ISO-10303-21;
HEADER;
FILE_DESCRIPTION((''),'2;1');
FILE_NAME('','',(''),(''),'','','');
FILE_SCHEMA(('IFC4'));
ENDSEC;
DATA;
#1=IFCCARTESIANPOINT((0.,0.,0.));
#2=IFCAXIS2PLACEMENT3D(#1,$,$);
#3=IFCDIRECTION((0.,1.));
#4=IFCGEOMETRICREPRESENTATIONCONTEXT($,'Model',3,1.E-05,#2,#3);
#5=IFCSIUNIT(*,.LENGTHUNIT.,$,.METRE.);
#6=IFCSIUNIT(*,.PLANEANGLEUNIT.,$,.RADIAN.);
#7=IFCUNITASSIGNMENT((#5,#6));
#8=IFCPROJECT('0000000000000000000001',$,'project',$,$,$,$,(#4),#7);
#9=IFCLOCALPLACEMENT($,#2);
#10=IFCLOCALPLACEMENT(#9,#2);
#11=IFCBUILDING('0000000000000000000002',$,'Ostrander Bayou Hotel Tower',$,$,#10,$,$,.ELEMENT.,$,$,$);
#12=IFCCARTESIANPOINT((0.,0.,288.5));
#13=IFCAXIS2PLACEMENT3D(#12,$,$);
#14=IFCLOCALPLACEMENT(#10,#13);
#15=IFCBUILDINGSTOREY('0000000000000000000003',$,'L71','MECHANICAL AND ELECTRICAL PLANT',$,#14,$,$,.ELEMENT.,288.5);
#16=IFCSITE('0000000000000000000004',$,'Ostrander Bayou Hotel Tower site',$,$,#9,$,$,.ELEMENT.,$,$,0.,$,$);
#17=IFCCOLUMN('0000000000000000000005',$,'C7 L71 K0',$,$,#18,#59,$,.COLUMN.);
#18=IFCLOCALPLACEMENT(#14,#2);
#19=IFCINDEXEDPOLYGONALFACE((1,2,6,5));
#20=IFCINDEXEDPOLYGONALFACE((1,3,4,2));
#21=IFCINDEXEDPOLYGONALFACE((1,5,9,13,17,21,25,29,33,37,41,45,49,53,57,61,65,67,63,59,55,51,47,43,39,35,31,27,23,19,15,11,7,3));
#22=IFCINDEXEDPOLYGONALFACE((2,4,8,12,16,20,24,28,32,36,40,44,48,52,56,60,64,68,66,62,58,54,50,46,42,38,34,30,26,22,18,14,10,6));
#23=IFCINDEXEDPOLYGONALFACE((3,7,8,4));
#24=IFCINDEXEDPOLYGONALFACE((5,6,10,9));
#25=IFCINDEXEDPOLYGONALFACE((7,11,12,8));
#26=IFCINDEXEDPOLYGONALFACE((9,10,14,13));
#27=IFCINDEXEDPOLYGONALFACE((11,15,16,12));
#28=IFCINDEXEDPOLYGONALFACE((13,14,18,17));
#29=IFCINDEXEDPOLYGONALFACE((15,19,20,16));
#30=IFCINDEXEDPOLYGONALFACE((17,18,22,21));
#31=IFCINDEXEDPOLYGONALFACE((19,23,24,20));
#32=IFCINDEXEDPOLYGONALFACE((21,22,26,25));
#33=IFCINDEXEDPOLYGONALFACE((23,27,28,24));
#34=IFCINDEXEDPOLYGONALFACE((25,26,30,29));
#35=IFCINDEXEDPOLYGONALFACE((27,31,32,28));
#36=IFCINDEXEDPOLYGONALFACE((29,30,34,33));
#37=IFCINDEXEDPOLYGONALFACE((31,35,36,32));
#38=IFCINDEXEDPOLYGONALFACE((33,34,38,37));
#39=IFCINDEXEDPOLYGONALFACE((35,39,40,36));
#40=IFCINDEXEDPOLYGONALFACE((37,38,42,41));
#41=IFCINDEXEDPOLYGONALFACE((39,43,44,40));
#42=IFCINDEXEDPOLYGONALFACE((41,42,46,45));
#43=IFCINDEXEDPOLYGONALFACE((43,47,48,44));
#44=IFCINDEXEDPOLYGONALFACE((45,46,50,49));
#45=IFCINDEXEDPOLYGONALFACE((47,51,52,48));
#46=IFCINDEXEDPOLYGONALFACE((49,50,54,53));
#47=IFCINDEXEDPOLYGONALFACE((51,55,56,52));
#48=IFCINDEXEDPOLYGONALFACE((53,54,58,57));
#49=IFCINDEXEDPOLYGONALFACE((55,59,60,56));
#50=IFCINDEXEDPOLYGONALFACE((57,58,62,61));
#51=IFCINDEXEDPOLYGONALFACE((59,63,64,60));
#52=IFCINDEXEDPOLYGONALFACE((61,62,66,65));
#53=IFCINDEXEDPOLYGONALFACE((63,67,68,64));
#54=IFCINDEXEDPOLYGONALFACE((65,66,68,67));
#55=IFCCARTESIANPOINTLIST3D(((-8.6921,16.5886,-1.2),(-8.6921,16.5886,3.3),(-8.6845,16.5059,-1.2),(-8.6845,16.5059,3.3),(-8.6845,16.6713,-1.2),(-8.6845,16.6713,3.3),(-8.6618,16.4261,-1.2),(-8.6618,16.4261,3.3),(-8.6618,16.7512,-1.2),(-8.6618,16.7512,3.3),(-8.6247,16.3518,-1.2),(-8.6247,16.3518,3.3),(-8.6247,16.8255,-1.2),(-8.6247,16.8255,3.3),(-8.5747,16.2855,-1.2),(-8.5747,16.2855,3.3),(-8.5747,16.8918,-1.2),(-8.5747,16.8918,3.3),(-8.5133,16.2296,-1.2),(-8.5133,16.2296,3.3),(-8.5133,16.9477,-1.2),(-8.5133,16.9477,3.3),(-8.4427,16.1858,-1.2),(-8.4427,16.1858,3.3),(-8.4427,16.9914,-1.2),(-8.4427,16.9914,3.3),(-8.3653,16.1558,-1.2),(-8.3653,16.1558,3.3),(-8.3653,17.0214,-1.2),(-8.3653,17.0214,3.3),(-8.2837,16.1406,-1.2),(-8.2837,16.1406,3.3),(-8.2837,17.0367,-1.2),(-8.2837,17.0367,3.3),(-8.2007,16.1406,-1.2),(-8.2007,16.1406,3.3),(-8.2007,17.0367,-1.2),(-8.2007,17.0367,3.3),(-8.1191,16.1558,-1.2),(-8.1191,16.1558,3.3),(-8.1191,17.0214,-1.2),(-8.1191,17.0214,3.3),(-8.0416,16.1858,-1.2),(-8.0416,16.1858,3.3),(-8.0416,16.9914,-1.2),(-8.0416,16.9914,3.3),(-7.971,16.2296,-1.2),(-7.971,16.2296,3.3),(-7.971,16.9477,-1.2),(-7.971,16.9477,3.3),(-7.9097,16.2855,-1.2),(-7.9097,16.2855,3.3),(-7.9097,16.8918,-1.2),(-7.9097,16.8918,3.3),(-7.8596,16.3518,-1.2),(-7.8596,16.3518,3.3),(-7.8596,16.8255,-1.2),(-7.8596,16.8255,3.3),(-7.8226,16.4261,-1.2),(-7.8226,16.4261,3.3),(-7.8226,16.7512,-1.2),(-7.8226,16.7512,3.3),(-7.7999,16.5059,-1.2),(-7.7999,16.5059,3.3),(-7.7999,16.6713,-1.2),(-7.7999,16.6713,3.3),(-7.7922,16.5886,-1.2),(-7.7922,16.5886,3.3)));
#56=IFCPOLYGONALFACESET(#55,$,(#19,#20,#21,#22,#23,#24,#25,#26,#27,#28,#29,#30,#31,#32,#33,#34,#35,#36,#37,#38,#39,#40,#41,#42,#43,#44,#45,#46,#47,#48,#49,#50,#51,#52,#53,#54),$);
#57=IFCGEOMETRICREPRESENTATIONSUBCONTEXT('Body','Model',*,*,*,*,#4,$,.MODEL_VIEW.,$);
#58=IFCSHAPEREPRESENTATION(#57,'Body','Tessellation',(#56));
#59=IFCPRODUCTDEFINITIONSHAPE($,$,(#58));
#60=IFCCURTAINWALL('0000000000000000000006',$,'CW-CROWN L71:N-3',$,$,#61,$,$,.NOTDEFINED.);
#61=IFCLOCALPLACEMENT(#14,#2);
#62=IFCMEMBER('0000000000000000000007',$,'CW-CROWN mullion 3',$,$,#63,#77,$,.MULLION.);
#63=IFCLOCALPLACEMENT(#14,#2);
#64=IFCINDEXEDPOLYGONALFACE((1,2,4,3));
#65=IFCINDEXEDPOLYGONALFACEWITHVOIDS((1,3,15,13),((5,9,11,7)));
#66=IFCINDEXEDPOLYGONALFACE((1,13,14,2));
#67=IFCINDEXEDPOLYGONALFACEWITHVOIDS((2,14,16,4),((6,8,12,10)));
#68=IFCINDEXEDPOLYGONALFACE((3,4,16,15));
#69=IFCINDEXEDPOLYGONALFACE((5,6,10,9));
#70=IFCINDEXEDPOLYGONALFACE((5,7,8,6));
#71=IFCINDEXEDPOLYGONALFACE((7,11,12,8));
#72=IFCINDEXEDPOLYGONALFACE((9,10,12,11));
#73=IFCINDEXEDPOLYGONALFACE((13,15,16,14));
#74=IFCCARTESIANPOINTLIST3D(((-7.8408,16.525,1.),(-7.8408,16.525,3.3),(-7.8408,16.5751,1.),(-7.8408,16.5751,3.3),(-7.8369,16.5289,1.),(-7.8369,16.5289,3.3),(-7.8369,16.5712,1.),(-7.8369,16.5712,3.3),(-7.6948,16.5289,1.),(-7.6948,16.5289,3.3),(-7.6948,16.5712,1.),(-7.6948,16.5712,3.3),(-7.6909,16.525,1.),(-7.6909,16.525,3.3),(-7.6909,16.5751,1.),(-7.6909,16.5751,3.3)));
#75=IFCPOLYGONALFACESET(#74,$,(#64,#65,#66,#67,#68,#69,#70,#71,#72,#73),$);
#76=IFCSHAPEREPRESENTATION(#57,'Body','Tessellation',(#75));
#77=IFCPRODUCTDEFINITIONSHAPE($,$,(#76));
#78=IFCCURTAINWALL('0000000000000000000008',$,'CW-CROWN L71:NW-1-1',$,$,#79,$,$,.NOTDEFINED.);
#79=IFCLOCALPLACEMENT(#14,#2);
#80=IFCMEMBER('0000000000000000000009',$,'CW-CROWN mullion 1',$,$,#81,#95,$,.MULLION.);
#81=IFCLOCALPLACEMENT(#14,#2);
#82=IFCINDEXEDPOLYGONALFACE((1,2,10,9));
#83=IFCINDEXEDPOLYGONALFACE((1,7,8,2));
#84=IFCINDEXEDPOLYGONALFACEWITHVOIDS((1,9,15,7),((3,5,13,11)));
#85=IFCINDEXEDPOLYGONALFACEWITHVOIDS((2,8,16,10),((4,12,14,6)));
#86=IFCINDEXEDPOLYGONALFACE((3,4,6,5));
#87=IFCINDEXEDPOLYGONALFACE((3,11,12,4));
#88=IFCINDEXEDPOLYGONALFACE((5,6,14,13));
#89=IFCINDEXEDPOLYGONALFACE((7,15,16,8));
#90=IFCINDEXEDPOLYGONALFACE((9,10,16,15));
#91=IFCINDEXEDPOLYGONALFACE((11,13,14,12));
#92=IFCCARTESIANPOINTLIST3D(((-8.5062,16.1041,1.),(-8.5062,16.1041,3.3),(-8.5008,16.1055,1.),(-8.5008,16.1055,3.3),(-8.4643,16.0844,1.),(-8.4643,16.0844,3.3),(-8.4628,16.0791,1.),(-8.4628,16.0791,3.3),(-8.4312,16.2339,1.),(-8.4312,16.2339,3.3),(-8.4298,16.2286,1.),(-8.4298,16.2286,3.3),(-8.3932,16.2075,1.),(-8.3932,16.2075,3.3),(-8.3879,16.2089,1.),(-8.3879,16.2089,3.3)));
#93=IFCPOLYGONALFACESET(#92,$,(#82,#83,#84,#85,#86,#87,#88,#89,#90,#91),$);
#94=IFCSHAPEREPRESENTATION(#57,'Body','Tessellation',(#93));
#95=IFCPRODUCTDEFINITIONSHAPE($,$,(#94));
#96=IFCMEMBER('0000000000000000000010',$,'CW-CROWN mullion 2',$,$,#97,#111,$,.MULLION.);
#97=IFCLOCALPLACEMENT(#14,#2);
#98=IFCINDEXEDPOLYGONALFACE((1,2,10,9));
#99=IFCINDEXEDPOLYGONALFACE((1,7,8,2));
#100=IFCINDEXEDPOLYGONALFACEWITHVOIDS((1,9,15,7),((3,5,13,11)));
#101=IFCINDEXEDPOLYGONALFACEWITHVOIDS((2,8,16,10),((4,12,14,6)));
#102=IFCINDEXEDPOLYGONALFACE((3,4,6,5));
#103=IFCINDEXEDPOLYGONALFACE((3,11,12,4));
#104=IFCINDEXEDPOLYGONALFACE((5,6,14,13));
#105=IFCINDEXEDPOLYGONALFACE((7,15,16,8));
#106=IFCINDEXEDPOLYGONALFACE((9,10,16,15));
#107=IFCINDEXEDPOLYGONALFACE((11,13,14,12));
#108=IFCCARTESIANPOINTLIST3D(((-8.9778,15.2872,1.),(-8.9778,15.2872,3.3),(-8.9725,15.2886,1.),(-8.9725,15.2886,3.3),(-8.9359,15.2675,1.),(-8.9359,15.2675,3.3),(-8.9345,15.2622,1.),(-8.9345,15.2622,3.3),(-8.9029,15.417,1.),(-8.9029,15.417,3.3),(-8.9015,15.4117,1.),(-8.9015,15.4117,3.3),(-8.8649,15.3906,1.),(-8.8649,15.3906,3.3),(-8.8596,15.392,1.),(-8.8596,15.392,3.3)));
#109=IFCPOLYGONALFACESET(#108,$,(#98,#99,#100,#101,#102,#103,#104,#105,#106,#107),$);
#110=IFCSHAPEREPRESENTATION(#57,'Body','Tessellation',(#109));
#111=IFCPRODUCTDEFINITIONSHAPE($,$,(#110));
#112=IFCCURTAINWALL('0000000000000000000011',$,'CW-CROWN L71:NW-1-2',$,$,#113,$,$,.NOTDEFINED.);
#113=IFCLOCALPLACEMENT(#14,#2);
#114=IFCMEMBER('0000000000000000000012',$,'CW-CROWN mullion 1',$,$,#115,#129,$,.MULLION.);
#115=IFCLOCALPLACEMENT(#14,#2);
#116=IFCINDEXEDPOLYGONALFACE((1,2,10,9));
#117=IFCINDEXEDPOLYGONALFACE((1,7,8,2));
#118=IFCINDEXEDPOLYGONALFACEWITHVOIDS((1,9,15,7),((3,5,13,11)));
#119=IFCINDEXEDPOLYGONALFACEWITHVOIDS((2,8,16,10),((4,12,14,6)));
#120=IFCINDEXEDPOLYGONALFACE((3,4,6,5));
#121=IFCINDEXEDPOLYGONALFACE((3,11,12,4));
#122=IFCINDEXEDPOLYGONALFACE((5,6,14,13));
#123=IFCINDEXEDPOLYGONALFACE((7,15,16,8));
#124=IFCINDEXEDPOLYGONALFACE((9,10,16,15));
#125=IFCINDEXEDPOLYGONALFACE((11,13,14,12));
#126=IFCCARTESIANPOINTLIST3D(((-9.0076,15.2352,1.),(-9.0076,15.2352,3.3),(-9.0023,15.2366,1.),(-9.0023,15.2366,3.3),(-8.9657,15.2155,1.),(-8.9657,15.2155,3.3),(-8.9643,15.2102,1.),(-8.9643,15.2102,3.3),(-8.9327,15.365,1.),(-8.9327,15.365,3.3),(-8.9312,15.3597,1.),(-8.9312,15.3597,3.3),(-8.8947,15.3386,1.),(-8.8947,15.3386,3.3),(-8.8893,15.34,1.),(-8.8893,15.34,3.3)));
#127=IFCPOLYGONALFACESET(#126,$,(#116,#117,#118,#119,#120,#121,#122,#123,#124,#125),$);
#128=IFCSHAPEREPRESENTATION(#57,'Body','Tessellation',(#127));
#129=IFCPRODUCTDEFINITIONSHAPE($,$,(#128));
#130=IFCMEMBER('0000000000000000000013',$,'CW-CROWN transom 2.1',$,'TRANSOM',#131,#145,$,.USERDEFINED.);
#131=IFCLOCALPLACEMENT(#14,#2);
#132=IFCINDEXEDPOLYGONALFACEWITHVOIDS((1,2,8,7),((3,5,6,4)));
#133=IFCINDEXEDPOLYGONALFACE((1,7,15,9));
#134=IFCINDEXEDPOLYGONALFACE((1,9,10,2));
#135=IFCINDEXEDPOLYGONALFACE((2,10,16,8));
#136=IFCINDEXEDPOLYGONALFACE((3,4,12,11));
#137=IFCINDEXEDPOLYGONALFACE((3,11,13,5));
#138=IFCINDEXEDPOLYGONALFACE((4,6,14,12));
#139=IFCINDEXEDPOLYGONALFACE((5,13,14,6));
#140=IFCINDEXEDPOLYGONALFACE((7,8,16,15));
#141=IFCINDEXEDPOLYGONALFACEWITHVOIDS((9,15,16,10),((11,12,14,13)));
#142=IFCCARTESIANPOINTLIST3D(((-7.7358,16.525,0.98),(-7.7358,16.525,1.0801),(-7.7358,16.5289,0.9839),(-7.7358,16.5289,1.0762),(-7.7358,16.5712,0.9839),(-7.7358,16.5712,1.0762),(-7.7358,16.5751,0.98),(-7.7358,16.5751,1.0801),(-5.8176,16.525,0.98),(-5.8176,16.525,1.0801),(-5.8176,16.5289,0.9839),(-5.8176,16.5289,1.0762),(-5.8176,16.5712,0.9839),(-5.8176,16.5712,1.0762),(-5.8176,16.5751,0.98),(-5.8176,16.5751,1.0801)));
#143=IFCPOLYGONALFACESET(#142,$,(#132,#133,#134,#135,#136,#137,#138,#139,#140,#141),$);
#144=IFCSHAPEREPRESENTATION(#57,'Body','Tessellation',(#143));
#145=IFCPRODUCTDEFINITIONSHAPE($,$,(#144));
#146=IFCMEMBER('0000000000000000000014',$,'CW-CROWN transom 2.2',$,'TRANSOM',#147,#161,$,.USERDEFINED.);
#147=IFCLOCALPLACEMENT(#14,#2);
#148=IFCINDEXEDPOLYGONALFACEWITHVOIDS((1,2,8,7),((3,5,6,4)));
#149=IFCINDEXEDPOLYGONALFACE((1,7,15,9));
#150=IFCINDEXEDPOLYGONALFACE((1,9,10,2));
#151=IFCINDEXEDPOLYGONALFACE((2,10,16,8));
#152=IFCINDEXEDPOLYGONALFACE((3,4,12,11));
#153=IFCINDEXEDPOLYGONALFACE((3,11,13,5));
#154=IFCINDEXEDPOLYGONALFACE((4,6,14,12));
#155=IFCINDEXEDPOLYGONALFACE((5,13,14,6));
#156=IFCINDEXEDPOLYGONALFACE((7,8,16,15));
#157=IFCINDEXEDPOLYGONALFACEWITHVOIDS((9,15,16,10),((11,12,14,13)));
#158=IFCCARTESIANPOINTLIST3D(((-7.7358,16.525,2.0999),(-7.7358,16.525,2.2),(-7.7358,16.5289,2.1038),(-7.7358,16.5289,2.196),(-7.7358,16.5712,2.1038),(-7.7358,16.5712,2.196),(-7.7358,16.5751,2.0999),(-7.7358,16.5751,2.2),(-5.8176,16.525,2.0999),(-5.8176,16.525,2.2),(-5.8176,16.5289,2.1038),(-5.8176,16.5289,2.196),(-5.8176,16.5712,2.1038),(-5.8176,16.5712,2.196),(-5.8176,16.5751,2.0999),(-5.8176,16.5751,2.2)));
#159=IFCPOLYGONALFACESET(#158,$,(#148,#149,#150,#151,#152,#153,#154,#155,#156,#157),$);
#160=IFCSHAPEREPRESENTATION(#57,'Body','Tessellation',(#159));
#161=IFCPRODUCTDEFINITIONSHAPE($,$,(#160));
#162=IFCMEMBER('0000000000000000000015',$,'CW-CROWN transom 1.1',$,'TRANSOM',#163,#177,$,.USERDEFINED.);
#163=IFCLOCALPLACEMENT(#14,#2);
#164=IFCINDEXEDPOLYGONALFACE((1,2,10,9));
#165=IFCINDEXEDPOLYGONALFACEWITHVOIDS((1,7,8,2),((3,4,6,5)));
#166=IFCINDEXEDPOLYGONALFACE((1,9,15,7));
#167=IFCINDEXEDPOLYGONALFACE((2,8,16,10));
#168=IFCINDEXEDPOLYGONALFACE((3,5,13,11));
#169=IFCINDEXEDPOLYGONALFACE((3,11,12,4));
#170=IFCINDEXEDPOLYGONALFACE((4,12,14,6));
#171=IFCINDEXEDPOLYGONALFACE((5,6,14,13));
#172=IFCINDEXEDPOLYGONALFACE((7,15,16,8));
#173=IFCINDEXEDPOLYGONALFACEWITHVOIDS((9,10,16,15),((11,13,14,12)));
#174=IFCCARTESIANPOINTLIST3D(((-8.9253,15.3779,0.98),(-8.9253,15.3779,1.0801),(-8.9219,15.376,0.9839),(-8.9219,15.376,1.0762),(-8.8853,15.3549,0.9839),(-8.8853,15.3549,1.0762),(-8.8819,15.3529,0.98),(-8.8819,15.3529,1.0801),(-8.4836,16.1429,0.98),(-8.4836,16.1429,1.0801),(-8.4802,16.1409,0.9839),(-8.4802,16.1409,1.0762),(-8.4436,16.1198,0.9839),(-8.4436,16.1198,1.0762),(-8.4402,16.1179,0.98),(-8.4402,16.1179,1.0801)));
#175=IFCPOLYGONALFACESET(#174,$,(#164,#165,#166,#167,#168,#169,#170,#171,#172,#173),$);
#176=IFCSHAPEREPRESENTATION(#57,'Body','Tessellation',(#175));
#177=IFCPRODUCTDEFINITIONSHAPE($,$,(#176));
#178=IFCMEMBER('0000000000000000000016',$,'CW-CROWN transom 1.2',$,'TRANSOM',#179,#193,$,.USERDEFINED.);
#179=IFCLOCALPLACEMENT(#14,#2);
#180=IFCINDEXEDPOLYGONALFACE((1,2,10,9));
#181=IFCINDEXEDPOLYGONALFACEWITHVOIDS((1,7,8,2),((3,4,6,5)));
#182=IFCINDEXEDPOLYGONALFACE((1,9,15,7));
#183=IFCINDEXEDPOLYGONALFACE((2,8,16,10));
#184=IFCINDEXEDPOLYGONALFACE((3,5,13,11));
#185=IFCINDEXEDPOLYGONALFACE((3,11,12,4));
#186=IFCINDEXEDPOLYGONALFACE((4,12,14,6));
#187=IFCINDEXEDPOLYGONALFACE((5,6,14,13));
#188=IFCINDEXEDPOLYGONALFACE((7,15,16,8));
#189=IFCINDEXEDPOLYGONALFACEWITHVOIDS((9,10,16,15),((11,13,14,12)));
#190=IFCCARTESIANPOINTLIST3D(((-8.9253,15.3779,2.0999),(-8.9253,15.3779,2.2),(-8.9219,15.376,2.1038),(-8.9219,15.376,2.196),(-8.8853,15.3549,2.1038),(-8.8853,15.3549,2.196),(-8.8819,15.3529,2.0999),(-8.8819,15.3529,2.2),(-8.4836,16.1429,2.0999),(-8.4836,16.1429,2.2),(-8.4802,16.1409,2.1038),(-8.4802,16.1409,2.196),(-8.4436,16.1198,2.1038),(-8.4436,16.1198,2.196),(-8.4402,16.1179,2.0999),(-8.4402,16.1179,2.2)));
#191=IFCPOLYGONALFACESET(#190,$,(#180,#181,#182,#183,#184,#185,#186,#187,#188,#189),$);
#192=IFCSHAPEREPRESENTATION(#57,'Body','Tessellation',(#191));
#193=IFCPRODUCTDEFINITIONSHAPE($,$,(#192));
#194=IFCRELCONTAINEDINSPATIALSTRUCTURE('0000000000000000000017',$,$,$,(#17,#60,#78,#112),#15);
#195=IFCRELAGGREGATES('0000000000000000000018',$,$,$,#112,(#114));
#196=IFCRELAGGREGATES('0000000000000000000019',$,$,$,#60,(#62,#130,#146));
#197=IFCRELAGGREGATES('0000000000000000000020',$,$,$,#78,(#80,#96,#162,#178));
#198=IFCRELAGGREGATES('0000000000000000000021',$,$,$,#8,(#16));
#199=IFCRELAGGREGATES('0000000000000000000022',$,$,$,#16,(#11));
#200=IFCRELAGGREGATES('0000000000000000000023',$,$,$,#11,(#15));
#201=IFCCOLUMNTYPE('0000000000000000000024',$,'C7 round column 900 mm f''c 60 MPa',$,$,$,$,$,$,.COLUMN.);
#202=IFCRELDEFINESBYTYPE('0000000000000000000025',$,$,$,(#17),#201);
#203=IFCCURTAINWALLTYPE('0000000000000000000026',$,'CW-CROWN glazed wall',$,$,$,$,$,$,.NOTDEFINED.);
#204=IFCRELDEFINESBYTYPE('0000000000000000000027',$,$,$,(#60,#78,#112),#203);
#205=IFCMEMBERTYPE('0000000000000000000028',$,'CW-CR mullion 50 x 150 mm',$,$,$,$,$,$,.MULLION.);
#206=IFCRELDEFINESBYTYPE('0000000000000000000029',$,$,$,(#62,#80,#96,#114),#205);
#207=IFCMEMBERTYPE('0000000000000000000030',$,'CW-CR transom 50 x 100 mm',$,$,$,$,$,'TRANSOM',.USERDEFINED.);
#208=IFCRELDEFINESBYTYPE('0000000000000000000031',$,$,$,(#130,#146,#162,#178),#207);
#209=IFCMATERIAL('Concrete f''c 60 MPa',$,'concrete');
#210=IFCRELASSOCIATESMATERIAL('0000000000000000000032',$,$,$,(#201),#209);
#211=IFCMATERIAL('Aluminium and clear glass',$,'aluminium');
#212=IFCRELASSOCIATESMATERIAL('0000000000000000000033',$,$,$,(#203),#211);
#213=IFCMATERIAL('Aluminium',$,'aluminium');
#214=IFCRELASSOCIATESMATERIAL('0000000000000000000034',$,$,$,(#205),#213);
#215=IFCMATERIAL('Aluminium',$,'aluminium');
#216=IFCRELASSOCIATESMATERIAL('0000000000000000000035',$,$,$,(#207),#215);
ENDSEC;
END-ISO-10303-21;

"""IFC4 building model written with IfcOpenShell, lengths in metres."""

from ifc_helpers import new_model, si_unit, direction, frame, origin, origin_2d, place, context, subcontext, project, spatial, hollow_rectangle, circle, extrude, material, material_profile, profile_set, type_object, element, aggregate, save


model = new_model("IFC4")

# Units and contexts
model_context = context("Model", 3, precision=1e-05, world=origin(), true_north=direction((0.0, 1.0)))
body_context = subcontext(model_context, "Body", "Model", "MODEL_VIEW")
ifc_project = project(units=[si_unit("LENGTHUNIT", "METRE"), si_unit("PLANEANGLEUNIT", "RADIAN")], contexts=[model_context])

# Site, building, storey
site_placement = place(None, origin())
site = spatial("IfcSite", under=ifc_project, at=site_placement, Name="Ostrander Bayou Hotel Tower site", CompositionType="ELEMENT", RefElevation=0.0)
building_placement = place(site_placement, origin())
building = spatial("IfcBuilding", under=site, at=building_placement, Name="Ostrander Bayou Hotel Tower", CompositionType="ELEMENT")
storey_placement = place(building_placement, frame((0.0, 0.0, 288.5)))
storey = spatial("IfcBuildingStorey", under=building, at=storey_placement, Name="L71", Description="MECHANICAL AND ELECTRICAL PLANT", CompositionType="ELEMENT", Elevation=288.5)

# Column
ifc_material_1 = material(Name="Concrete f'c 60 MPa", Category="concrete")
ifc_material_profile_1 = material_profile(ifc_material_1, circle(Radius=0.45, at=origin_2d()))
ifc_profile_set_1 = profile_set([ifc_material_profile_1], Name="Concrete f'c 60 MPa")
column_type = type_object("IfcColumnType", Name="C7 round column 900 mm f'c 60 MPa", PredefinedType="COLUMN", material=ifc_profile_set_1)
column_placement = place(storey_placement, frame((-8.2422, 16.5886, -1.2), z_axis=(0.0, 0.0, 1.0), x_axis=(1.0, 0.0, 0.0)))
element("IfcColumn", 1, at=column_placement, inside=storey, type_object=column_type, Name="C7 L71 K0", PredefinedType="COLUMN", context=body_context, shape_type="SweptSolid", body=[
    extrude(circle(Radius=0.45, at=origin_2d()), origin(), (0.0, 0.0, 1.0), 4.5),
])

# Curtain wall, member
ifc_material_2 = material(Name="Aluminium and clear glass", Category="aluminium")
curtain_wall_type = type_object("IfcCurtainWallType", Name="CW-CROWN glazed wall", PredefinedType="NOTDEFINED", material=ifc_material_2)
curtain_wall_1_placement = place(storey_placement, origin())
curtain_wall_1 = element("IfcCurtainWall", 2, at=curtain_wall_1_placement, inside=storey, type_object=curtain_wall_type, Name="CW-CROWN L71:N-3", PredefinedType="NOTDEFINED")
ifc_material_3 = material(Name="Aluminium", Category="aluminium")
ifc_material_profile_2 = material_profile(ifc_material_3, hollow_rectangle(XDim=0.05, YDim=0.1499, WallThickness=0.0039, at=origin_2d()))
ifc_profile_set_2 = profile_set([ifc_material_profile_2], Name="Aluminium")
member_type_1 = type_object("IfcMemberType", Name="CW-CR mullion 50 x 150 mm", PredefinedType="MULLION", material=ifc_profile_set_2)
member_1_placement = place(storey_placement, frame((-7.7659, 16.55, 1.0), z_axis=(0.0, 0.0, 1.0), x_axis=(0.0, -1.0, 0.0)))
member_1 = element("IfcMember", 3, at=member_1_placement, type_object=member_type_1, Name="CW-CROWN mullion 3", PredefinedType="MULLION", context=body_context, shape_type="SweptSolid", body=[
    extrude(hollow_rectangle(XDim=0.05, YDim=0.1499, WallThickness=0.0039, at=origin_2d()), origin(), (0.0, 0.0, 1.0), 2.3),
])

# Curtain wall, members
curtain_wall_2_placement = place(storey_placement, origin())
curtain_wall_2 = element("IfcCurtainWall", 4, at=curtain_wall_2_placement, inside=storey, type_object=curtain_wall_type, Name="CW-CROWN L71:NW-1-1", PredefinedType="NOTDEFINED")
member_2_placement = place(storey_placement, frame((-8.447, 16.1565, 1.0), z_axis=(0.0, 0.0, 1.0), x_axis=(0.866026, -0.499999, 0.0)))
member_2 = element("IfcMember", 5, at=member_2_placement, type_object=member_type_1, Name="CW-CROWN mullion 1", PredefinedType="MULLION", context=body_context, shape_type="SweptSolid", body=[
    extrude(hollow_rectangle(XDim=0.05, YDim=0.1499, WallThickness=0.0039, at=origin_2d()), origin(), (0.0, 0.0, 1.0), 2.3),
])
member_3_placement = place(storey_placement, frame((-8.9187, 15.3396, 1.0), z_axis=(0.0, 0.0, 1.0), x_axis=(0.866026, -0.499999, 0.0)))
member_3 = element("IfcMember", 6, at=member_3_placement, type_object=member_type_1, Name="CW-CROWN mullion 2", PredefinedType="MULLION", context=body_context, shape_type="SweptSolid", body=[
    extrude(hollow_rectangle(XDim=0.05, YDim=0.1499, WallThickness=0.0039, at=origin_2d()), origin(), (0.0, 0.0, 1.0), 2.3),
])

# Curtain wall, member
curtain_wall_3_placement = place(storey_placement, origin())
curtain_wall_3 = element("IfcCurtainWall", 7, at=curtain_wall_3_placement, inside=storey, type_object=curtain_wall_type, Name="CW-CROWN L71:NW-1-2", PredefinedType="NOTDEFINED")
member_4_placement = place(storey_placement, frame((-8.9485, 15.2876, 1.0), z_axis=(0.0, 0.0, 1.0), x_axis=(0.866001, -0.500042, 0.0)))
member_4 = element("IfcMember", 8, at=member_4_placement, type_object=member_type_1, Name="CW-CROWN mullion 1", PredefinedType="MULLION", context=body_context, shape_type="SweptSolid", body=[
    extrude(hollow_rectangle(XDim=0.05, YDim=0.1499, WallThickness=0.0039, at=origin_2d()), origin(), (0.0, 0.0, 1.0), 2.3),
])

# Members
ifc_material_4 = material(Name="Aluminium", Category="aluminium")
ifc_material_profile_3 = material_profile(ifc_material_4, hollow_rectangle(XDim=0.05, YDim=0.1001, WallThickness=0.0039, at=origin_2d()))
ifc_profile_set_3 = profile_set([ifc_material_profile_3], Name="Aluminium")
member_type_2 = type_object("IfcMemberType", Name="CW-CR transom 50 x 100 mm", ElementType="TRANSOM", PredefinedType="USERDEFINED", material=ifc_profile_set_3)
member_5_placement = place(storey_placement, frame((-5.8176, 16.55, 1.03), z_axis=(-1.0, 0.0, 0.0), x_axis=(0.0, -1.0, 0.0)))
member_5 = element("IfcMember", 9, at=member_5_placement, type_object=member_type_2, Name="CW-CROWN transom 2.1", ObjectType="TRANSOM", PredefinedType="USERDEFINED", context=body_context, shape_type="SweptSolid", body=[
    extrude(hollow_rectangle(XDim=0.05, YDim=0.1001, WallThickness=0.0039, at=origin_2d()), origin(), (0.0, 0.0, 1.0), 1.9182),
])
member_6_placement = place(storey_placement, frame((-5.8176, 16.55, 2.1499), z_axis=(-1.0, 0.0, 0.0), x_axis=(0.0, -1.0, 0.0)))
member_6 = element("IfcMember", 10, at=member_6_placement, type_object=member_type_2, Name="CW-CROWN transom 2.2", ObjectType="TRANSOM", PredefinedType="USERDEFINED", context=body_context, shape_type="SweptSolid", body=[
    extrude(hollow_rectangle(XDim=0.05, YDim=0.1001, WallThickness=0.0039, at=origin_2d()), origin(), (0.0, 0.0, 1.0), 1.9182),
])
member_7_placement = place(storey_placement, frame((-8.4619, 16.1304, 1.03), z_axis=(-0.500034, -0.866006, 0.0), x_axis=(0.866006, -0.500034, 0.0)))
member_7 = element("IfcMember", 11, at=member_7_placement, type_object=member_type_2, Name="CW-CROWN transom 1.1", ObjectType="TRANSOM", PredefinedType="USERDEFINED", context=body_context, shape_type="SweptSolid", body=[
    extrude(hollow_rectangle(XDim=0.05, YDim=0.1001, WallThickness=0.0039, at=origin_2d()), origin(), (0.0, 0.0, 1.0), 0.8833),
])
member_8_placement = place(storey_placement, frame((-8.4619, 16.1304, 2.1499), z_axis=(-0.500034, -0.866006, 0.0), x_axis=(0.866006, -0.500034, 0.0)))
member_8 = element("IfcMember", 12, at=member_8_placement, type_object=member_type_2, Name="CW-CROWN transom 1.2", ObjectType="TRANSOM", PredefinedType="USERDEFINED", context=body_context, shape_type="SweptSolid", body=[
    extrude(hollow_rectangle(XDim=0.05, YDim=0.1001, WallThickness=0.0039, at=origin_2d()), origin(), (0.0, 0.0, 1.0), 0.8833),
])
aggregate(curtain_wall_3, [member_4])

aggregate(curtain_wall_1, [member_1, member_5, member_6])
aggregate(curtain_wall_2, [member_2, member_3, member_7, member_8])

save(model, "model.ifc")
